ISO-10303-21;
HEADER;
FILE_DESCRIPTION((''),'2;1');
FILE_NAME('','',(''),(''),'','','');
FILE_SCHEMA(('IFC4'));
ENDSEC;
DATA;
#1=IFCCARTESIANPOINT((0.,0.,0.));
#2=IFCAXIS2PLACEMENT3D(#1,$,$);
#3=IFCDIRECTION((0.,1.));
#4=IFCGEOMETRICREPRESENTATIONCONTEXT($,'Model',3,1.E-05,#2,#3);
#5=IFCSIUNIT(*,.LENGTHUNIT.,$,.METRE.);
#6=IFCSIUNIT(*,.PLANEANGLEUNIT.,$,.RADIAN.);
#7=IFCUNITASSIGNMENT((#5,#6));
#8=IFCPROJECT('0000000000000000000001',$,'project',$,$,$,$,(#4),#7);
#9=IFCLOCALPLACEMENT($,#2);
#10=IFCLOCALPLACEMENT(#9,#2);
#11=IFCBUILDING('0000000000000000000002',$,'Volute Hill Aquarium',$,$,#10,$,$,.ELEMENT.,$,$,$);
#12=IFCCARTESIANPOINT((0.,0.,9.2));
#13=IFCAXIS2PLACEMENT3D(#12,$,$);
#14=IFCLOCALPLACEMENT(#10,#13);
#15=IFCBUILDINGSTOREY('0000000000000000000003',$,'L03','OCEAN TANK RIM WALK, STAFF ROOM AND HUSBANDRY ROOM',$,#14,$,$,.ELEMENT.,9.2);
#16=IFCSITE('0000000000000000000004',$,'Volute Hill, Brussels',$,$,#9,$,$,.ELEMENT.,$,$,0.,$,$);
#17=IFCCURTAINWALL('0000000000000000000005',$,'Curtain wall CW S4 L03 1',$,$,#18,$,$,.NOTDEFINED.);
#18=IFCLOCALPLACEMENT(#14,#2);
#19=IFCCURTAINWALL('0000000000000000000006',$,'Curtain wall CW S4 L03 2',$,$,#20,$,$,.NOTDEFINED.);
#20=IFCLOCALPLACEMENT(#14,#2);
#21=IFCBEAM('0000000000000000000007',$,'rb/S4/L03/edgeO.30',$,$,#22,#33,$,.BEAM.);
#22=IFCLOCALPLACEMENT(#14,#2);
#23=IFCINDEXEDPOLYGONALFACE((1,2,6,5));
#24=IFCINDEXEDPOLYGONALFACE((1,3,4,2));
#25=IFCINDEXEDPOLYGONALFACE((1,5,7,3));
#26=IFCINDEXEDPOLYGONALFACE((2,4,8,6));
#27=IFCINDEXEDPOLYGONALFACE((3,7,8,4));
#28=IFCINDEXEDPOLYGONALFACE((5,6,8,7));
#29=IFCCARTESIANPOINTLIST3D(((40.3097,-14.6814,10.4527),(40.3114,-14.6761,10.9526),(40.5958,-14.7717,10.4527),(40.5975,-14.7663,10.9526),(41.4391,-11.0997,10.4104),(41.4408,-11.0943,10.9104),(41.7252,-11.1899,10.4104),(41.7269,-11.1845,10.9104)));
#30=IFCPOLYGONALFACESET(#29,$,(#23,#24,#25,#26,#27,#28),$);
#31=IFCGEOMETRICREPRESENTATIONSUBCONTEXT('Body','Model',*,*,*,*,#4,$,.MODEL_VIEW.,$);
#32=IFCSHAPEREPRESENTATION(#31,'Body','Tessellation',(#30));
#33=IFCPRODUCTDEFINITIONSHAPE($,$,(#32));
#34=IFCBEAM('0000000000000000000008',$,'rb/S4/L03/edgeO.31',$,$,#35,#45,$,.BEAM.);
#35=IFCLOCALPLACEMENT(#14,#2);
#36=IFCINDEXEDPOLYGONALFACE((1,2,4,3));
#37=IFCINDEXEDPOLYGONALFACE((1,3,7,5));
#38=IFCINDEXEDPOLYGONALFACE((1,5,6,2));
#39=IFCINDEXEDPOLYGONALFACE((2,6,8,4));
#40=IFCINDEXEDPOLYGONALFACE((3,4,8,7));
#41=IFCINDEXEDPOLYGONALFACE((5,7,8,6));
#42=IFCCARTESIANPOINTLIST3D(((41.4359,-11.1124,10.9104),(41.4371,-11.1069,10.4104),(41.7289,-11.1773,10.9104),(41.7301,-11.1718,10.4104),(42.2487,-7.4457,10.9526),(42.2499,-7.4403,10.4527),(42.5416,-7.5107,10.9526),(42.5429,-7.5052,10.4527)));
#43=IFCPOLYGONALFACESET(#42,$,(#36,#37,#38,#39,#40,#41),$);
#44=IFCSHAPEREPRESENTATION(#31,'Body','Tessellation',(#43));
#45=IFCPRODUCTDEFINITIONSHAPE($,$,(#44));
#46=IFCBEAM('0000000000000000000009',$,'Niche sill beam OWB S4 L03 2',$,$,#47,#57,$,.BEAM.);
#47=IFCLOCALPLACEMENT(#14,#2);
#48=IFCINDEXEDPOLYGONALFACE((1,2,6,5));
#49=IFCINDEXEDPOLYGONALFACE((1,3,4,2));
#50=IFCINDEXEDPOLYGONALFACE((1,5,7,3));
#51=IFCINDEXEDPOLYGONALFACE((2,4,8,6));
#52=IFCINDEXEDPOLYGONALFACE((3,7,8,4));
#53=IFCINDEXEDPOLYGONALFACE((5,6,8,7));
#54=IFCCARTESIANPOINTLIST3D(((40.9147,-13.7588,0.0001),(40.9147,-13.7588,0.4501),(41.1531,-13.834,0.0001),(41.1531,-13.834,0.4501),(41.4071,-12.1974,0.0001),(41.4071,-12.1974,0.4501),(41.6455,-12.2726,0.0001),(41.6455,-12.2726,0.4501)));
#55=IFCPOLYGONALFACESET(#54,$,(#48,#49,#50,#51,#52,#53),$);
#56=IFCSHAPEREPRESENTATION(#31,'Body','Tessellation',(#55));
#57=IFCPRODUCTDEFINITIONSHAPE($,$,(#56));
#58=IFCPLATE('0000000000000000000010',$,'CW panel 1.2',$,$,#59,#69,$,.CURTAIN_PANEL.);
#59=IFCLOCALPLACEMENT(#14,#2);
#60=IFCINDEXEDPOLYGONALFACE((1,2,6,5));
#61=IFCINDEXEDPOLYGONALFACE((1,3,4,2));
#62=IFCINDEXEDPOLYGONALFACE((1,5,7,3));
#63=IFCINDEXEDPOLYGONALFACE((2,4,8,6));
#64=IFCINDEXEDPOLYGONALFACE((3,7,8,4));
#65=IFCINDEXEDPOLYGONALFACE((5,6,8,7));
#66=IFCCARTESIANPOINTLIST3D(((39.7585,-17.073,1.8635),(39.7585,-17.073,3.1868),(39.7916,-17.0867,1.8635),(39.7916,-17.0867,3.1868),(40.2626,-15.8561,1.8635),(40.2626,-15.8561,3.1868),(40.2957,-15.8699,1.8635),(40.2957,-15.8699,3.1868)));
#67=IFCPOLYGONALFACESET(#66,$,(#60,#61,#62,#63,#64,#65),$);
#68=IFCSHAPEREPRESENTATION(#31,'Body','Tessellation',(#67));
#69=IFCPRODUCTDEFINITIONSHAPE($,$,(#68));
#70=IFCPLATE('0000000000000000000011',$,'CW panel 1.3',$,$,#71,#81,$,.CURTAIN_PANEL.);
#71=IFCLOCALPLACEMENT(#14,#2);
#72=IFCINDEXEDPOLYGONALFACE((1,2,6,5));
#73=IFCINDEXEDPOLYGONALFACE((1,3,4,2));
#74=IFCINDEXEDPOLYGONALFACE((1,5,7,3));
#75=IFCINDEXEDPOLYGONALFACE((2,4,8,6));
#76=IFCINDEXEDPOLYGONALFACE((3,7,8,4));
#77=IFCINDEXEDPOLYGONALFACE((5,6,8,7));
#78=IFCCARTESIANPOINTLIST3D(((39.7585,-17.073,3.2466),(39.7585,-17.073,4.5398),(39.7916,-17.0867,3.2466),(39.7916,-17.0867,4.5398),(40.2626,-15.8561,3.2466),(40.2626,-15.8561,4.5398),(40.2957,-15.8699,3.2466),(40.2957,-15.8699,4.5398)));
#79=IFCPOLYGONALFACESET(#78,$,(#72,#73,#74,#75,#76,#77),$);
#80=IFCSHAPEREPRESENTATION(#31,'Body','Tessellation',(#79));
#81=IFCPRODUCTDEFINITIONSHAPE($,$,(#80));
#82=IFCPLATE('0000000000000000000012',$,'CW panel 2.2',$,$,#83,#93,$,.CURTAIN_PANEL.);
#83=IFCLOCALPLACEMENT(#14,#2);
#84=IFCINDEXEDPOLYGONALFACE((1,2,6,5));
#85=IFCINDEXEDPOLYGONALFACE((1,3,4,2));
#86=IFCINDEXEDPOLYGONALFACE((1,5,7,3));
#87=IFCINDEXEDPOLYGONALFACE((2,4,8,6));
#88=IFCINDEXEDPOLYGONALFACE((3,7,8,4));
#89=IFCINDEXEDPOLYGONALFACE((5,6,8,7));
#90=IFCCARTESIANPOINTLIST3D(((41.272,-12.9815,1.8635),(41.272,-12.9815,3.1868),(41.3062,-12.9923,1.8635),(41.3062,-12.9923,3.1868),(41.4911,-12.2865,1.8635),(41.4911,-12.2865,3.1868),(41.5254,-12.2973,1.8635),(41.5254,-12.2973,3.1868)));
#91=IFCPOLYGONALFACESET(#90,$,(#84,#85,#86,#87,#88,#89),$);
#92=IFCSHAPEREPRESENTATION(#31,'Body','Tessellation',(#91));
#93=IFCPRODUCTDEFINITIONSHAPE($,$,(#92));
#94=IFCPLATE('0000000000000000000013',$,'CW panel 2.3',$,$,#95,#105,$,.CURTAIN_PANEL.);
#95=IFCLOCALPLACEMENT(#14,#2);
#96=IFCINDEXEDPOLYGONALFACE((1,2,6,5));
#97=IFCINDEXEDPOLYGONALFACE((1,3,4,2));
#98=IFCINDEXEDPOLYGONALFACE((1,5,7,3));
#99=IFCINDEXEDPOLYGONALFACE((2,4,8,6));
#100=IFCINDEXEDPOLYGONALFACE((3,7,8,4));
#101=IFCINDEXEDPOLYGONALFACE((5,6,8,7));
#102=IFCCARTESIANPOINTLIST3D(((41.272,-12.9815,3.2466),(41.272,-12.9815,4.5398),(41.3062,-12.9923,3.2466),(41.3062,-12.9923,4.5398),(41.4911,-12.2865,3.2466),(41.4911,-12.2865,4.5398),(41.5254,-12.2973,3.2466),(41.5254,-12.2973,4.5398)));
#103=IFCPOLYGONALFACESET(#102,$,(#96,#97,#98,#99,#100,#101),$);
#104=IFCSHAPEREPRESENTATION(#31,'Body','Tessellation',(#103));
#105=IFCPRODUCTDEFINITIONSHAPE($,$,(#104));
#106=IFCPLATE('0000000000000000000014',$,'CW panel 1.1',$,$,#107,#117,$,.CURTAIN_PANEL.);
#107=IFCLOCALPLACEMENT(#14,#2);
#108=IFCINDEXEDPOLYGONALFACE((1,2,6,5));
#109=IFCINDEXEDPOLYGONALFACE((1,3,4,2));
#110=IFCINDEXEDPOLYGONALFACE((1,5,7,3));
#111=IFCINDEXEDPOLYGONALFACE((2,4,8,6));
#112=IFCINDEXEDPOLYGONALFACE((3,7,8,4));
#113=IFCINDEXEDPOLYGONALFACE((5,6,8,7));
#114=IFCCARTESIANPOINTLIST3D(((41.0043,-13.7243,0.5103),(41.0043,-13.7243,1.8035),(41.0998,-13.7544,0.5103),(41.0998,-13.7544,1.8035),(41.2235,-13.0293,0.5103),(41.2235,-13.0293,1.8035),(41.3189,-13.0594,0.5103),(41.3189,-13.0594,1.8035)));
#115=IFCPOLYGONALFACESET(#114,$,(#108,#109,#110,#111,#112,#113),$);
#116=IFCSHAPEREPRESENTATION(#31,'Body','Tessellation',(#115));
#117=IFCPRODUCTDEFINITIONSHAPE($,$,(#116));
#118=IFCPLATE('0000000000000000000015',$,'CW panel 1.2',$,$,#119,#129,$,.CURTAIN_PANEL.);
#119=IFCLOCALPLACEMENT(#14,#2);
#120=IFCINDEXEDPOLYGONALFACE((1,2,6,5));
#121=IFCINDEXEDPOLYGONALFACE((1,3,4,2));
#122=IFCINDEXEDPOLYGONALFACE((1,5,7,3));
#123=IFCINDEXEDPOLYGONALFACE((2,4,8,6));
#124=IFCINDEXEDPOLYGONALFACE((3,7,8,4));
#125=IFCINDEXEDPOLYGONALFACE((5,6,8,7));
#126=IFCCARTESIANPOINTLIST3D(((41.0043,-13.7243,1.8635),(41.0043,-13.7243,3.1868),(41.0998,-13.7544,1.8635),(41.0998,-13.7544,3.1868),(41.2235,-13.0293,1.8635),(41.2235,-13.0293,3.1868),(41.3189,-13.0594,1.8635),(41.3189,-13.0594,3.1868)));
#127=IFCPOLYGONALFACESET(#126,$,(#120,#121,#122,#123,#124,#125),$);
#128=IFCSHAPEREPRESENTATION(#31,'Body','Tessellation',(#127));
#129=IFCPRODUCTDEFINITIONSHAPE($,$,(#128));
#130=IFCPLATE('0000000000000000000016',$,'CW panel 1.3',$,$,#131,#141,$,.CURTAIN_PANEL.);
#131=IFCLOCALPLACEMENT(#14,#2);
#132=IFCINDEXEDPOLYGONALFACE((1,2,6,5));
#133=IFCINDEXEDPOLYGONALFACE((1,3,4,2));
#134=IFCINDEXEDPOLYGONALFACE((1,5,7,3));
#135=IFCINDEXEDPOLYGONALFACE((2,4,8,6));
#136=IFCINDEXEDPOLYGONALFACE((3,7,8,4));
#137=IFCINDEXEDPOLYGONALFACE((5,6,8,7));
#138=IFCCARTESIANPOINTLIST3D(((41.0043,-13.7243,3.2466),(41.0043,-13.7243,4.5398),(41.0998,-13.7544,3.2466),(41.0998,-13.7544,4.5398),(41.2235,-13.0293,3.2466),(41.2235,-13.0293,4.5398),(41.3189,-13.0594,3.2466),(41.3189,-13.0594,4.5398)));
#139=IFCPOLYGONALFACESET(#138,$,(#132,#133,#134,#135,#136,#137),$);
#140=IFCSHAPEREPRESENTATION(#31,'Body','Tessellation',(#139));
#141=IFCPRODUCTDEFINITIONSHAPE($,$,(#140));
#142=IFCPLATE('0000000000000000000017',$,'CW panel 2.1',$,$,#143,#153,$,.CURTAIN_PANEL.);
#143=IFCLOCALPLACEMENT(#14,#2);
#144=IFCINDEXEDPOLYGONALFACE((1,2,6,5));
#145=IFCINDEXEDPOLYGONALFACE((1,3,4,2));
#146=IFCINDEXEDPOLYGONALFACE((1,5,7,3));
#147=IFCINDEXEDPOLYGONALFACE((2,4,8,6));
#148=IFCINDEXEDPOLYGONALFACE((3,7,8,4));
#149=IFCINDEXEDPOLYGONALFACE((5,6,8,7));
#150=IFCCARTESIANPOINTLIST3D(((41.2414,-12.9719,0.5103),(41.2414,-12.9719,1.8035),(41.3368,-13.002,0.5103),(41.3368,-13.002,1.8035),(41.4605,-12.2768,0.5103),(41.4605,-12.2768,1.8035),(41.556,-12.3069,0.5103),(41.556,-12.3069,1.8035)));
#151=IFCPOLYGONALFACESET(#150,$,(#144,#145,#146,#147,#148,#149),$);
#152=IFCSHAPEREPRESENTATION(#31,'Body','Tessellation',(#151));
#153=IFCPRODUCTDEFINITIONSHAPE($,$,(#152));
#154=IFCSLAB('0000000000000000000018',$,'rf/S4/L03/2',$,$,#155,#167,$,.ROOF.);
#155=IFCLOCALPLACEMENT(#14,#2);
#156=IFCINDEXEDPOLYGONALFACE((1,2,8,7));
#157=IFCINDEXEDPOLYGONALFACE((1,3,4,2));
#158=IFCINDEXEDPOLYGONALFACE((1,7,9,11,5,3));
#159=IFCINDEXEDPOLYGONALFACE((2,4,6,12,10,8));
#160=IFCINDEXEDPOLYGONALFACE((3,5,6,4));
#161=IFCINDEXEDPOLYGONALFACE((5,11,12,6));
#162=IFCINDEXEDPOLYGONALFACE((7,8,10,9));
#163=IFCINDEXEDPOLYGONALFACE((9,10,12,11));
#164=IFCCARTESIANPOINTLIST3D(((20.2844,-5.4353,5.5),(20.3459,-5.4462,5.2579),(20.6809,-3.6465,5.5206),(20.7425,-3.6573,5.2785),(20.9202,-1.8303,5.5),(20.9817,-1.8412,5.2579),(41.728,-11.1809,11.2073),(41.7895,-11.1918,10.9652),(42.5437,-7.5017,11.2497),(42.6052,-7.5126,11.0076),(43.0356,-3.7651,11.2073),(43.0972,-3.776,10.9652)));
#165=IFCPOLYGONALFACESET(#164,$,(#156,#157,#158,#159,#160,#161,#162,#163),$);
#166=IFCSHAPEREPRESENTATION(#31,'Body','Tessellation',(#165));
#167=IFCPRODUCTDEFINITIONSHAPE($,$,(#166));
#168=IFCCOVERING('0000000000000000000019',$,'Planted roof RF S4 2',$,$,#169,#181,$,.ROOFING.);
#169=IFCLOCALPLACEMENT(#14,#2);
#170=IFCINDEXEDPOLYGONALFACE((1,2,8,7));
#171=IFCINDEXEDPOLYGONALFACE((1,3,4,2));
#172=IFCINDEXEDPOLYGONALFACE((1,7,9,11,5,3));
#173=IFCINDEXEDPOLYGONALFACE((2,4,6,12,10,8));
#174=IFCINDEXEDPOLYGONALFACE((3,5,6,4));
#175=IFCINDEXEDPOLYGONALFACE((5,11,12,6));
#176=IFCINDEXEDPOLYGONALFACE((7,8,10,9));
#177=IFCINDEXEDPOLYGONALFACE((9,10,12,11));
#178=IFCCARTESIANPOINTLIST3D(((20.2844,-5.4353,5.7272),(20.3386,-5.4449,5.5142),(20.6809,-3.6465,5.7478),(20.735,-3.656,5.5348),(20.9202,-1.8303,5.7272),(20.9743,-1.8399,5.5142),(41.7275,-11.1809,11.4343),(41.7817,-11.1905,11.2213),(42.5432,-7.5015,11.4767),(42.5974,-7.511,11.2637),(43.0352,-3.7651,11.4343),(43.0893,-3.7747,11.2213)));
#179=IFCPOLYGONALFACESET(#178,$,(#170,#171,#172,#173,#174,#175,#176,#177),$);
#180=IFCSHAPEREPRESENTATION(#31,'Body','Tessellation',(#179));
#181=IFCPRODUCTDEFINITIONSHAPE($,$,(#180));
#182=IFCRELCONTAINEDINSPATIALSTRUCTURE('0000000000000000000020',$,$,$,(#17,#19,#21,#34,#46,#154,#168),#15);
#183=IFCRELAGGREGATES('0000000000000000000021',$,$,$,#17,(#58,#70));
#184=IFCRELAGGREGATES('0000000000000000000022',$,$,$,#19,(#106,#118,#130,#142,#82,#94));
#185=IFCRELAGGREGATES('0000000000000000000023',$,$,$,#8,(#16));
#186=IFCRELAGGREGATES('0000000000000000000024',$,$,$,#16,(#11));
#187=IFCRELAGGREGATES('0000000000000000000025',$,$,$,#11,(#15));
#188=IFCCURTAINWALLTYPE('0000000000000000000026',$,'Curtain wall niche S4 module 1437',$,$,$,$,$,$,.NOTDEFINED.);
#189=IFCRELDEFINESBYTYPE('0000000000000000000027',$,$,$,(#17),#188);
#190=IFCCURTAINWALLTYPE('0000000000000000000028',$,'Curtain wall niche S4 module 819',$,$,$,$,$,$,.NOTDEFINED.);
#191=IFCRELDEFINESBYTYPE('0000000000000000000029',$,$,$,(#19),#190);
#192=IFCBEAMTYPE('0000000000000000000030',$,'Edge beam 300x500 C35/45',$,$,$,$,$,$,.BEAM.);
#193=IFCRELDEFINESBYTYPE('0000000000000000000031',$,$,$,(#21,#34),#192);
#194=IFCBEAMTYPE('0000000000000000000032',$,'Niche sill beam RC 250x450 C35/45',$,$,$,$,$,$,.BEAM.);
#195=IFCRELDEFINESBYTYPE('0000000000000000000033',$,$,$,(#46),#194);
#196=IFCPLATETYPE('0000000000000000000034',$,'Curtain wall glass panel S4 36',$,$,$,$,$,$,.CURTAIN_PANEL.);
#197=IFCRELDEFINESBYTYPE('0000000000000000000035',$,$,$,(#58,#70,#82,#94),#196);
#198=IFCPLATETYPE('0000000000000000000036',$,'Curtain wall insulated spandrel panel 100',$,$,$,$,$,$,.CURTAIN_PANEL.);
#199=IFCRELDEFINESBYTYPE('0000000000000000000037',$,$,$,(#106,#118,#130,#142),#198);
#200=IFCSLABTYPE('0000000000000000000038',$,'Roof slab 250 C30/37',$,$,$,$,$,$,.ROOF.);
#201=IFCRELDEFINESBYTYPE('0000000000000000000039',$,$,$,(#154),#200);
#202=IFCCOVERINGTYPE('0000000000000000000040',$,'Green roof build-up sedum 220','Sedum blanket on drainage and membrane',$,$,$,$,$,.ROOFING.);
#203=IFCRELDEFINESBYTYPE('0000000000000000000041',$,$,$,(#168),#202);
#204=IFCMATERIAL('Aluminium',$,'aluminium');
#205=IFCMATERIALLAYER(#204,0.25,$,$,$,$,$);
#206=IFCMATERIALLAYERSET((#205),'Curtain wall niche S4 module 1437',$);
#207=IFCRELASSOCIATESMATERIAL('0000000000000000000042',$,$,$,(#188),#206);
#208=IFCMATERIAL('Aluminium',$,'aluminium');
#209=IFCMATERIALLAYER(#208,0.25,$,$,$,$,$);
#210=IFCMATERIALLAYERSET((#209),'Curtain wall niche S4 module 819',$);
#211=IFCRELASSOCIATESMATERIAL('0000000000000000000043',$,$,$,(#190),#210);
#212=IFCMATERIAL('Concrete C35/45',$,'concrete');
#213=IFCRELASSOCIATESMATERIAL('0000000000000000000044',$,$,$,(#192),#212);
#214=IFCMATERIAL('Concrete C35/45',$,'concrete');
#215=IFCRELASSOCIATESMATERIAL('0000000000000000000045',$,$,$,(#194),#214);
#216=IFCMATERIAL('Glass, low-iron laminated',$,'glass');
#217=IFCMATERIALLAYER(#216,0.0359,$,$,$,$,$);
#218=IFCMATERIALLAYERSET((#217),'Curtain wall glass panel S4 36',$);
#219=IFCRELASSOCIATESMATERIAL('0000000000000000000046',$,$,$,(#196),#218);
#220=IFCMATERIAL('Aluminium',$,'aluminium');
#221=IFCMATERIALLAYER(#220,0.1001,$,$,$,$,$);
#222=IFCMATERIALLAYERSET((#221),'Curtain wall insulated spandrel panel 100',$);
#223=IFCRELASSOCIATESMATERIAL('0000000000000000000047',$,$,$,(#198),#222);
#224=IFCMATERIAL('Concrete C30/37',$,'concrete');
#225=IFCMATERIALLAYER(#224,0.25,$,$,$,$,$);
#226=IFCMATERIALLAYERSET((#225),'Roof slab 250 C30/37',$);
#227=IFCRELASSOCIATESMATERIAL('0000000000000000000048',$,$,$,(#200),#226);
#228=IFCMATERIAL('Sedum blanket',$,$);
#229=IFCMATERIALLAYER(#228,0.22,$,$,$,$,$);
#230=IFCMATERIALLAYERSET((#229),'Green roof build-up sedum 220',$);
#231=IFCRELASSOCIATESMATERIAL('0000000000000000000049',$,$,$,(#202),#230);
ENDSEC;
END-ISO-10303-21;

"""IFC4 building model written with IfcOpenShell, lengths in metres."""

from ifc_helpers import new_model, si_unit, direction, frame, origin, origin_2d, place, context, subcontext, project, spatial, polyline, rectangle, outline, extrude, material, layer, layer_set, material_profile, profile_set, type_object, element, aggregate, save


model = new_model("IFC4")

# Units and contexts
model_context = context("Model", 3, precision=1e-05, world=origin(), true_north=direction((0.0, 1.0)))
body_context = subcontext(model_context, "Body", "Model", "MODEL_VIEW")
ifc_project = project(units=[si_unit("LENGTHUNIT", "METRE"), si_unit("PLANEANGLEUNIT", "RADIAN")], contexts=[model_context])

# Site, building, storey
site_placement = place(None, origin())
site = spatial("IfcSite", under=ifc_project, at=site_placement, Name="Volute Hill, Brussels", CompositionType="ELEMENT", RefElevation=0.0)
building_placement = place(site_placement, origin())
building = spatial("IfcBuilding", under=site, at=building_placement, Name="Volute Hill Aquarium", CompositionType="ELEMENT")
storey_placement = place(building_placement, frame((0.0, 0.0, 9.2)))
storey = spatial("IfcBuildingStorey", under=building, at=storey_placement, Name="L03", Description="OCEAN TANK RIM WALK, STAFF ROOM AND HUSBANDRY ROOM", CompositionType="ELEMENT", Elevation=9.2)

# Curtain wall
ifc_material_1 = material(Name="Aluminium", Category="aluminium")
ifc_layer_1 = layer(ifc_material_1, 0.25)
ifc_layer_set_1 = layer_set([ifc_layer_1], Name="Curtain wall niche S4 module 1437")
curtain_wall_type_1 = type_object("IfcCurtainWallType", Name="Curtain wall niche S4 module 1437", PredefinedType="NOTDEFINED", material=ifc_layer_set_1)
curtain_wall_1_placement = place(storey_placement, origin())
curtain_wall_1 = element("IfcCurtainWall", 1, at=curtain_wall_1_placement, inside=storey, type_object=curtain_wall_type_1, Name="Curtain wall CW S4 L03 1", PredefinedType="NOTDEFINED")

# Curtain wall
ifc_material_2 = material(Name="Aluminium", Category="aluminium")
ifc_layer_2 = layer(ifc_material_2, 0.25)
ifc_layer_set_2 = layer_set([ifc_layer_2], Name="Curtain wall niche S4 module 819")
curtain_wall_type_2 = type_object("IfcCurtainWallType", Name="Curtain wall niche S4 module 819", PredefinedType="NOTDEFINED", material=ifc_layer_set_2)
curtain_wall_2_placement = place(storey_placement, origin())
curtain_wall_2 = element("IfcCurtainWall", 2, at=curtain_wall_2_placement, inside=storey, type_object=curtain_wall_type_2, Name="Curtain wall CW S4 L03 2", PredefinedType="NOTDEFINED")

# Beams
ifc_material_3 = material(Name="Concrete C35/45", Category="concrete")
ifc_material_profile_1 = material_profile(ifc_material_3, rectangle(XDim=0.3, YDim=0.5, at=origin_2d()), Name="RC edge beam 300x500")
ifc_profile_set_1 = profile_set([ifc_material_profile_1], Name="Concrete C35/45")
beam_type_1 = type_object("IfcBeamType", Name="Edge beam 300x500 C35/45", PredefinedType="BEAM", material=ifc_profile_set_1)
for number, where, z_axis, x_axis, name in (
    (3, (40.4536, -14.7239, 10.7026), (0.300702, 0.953652, -0.011245), (-0.953712, 0.300721, 0.0), "rb/S4/L03/edgeO.30"),
    (4, (41.583, -11.1421, 10.6604), (0.2164, 0.97624, 0.011246), (-0.976302, 0.216414, 0.0), "rb/S4/L03/edgeO.31"),
):
    element("IfcBeam", number, at=place(storey_placement, frame(where, z_axis=z_axis, x_axis=x_axis)), inside=storey, type_object=beam_type_1, Name=name, PredefinedType="BEAM", context=body_context, shape_type="SweptSolid", body=[
        extrude(rectangle(XDim=0.3, YDim=0.5, at=origin_2d()), origin(), (0.0, 0.0, 1.0), 3.7559),
    ])
ifc_material_4 = material(Name="Concrete C35/45", Category="concrete")
ifc_material_profile_2 = material_profile(ifc_material_4, rectangle(XDim=0.25, YDim=0.45, at=origin_2d()), Name="RC beam 250x450")
ifc_profile_set_2 = profile_set([ifc_material_profile_2], Name="Concrete C35/45")
beam_type_2 = type_object("IfcBeamType", Name="Niche sill beam RC 250x450 C35/45", PredefinedType="BEAM", material=ifc_profile_set_2)
beam_placement = place(storey_placement, frame((41.0339, -13.7964, 0.2251), z_axis=(0.300753, 0.953702, 0.0), x_axis=(-0.953702, 0.300753, 0.0)))
element("IfcBeam", 5, at=beam_placement, inside=storey, type_object=beam_type_2, Name="Niche sill beam OWB S4 L03 2", PredefinedType="BEAM", context=body_context, shape_type="SweptSolid", body=[
    extrude(rectangle(XDim=0.25, YDim=0.45, at=origin_2d()), origin(), (0.0, 0.0, 1.0), 1.6372),
])

# Plates
ifc_material_5 = material(Name="Glass, low-iron laminated", Category="glass")
ifc_layer_3 = layer(ifc_material_5, 0.0359)
ifc_layer_set_3 = layer_set([ifc_layer_3], Name="Curtain wall glass panel S4 36")
plate_type_1 = type_object("IfcPlateType", Name="Curtain wall glass panel S4 36", PredefinedType="CURTAIN_PANEL", material=ifc_layer_set_3)
plate_1_placement = place(storey_placement, frame((40.0271, -16.4714, 1.8635), z_axis=(0.0, 0.0, 1.0), x_axis=(0.382697, 0.923874, 0.0)))
plate_1 = element("IfcPlate", 6, at=plate_1_placement, type_object=plate_type_1, Name="CW panel 1.2", PredefinedType="CURTAIN_PANEL", context=body_context, shape_type="SweptSolid", body=[
    extrude(rectangle(XDim=1.3171, YDim=0.0359, at=origin_2d()), origin(), (0.0, 0.0, 1.0), 1.3232),
])
plate_2_placement = place(storey_placement, frame((40.0271, -16.4714, 3.2466), z_axis=(0.0, 0.0, 1.0), x_axis=(0.382697, 0.923874, 0.0)))
plate_2 = element("IfcPlate", 7, at=plate_2_placement, type_object=plate_type_1, Name="CW panel 1.3", PredefinedType="CURTAIN_PANEL", context=body_context, shape_type="SweptSolid", body=[
    extrude(rectangle(XDim=1.3171, YDim=0.0359, at=origin_2d()), origin(), (0.0, 0.0, 1.0), 1.2932),
])
aggregate(curtain_wall_1, [plate_1, plate_2])
plate_3_placement = place(storey_placement, frame((41.3987, -12.6394, 1.8635), z_axis=(0.0, 0.0, 1.0), x_axis=(0.30071, 0.953716, 0.0)))
plate_3 = element("IfcPlate", 8, at=plate_3_placement, type_object=plate_type_1, Name="CW panel 2.2", PredefinedType="CURTAIN_PANEL", context=body_context, shape_type="SweptSolid", body=[
    extrude(rectangle(XDim=0.7288, YDim=0.0359, at=origin_2d()), origin(), (0.0, 0.0, 1.0), 1.3232),
])
plate_4_placement = place(storey_placement, frame((41.3987, -12.6394, 3.2466), z_axis=(0.0, 0.0, 1.0), x_axis=(0.30071, 0.953716, 0.0)))
plate_4 = element("IfcPlate", 9, at=plate_4_placement, type_object=plate_type_1, Name="CW panel 2.3", PredefinedType="CURTAIN_PANEL", context=body_context, shape_type="SweptSolid", body=[
    extrude(rectangle(XDim=0.7288, YDim=0.0359, at=origin_2d()), origin(), (0.0, 0.0, 1.0), 1.2932),
])
ifc_material_6 = material(Name="Aluminium", Category="aluminium")
ifc_layer_4 = layer(ifc_material_6, 0.1001)
ifc_layer_set_4 = layer_set([ifc_layer_4], Name="Curtain wall insulated spandrel panel 100")
plate_type_2 = type_object("IfcPlateType", Name="Curtain wall insulated spandrel panel 100", PredefinedType="CURTAIN_PANEL", material=ifc_layer_set_4)
plate_5_placement = place(storey_placement, frame((41.1616, -13.3918, 0.5103), z_axis=(0.0, 0.0, 1.0), x_axis=(0.30071, 0.953716, 0.0)))
plate_5 = element("IfcPlate", 10, at=plate_5_placement, type_object=plate_type_2, Name="CW panel 1.1", PredefinedType="CURTAIN_PANEL", context=body_context, shape_type="SweptSolid", body=[
    extrude(rectangle(XDim=0.7288, YDim=0.1001, at=origin_2d()), origin(), (0.0, 0.0, 1.0), 1.2932),
])
plate_6_placement = place(storey_placement, frame((41.1616, -13.3918, 1.8635), z_axis=(0.0, 0.0, 1.0), x_axis=(0.30071, 0.953716, 0.0)))
plate_6 = element("IfcPlate", 11, at=plate_6_placement, type_object=plate_type_2, Name="CW panel 1.2", PredefinedType="CURTAIN_PANEL", context=body_context, shape_type="SweptSolid", body=[
    extrude(rectangle(XDim=0.7288, YDim=0.1001, at=origin_2d()), origin(), (0.0, 0.0, 1.0), 1.3232),
])
plate_7_placement = place(storey_placement, frame((41.1616, -13.3918, 3.2466), z_axis=(0.0, 0.0, 1.0), x_axis=(0.30071, 0.953716, 0.0)))
plate_7 = element("IfcPlate", 12, at=plate_7_placement, type_object=plate_type_2, Name="CW panel 1.3", PredefinedType="CURTAIN_PANEL", context=body_context, shape_type="SweptSolid", body=[
    extrude(rectangle(XDim=0.7288, YDim=0.1001, at=origin_2d()), origin(), (0.0, 0.0, 1.0), 1.2932),
])
plate_8_placement = place(storey_placement, frame((41.3987, -12.6394, 0.5103), z_axis=(0.0, 0.0, 1.0), x_axis=(0.30071, 0.953716, 0.0)))
plate_8 = element("IfcPlate", 13, at=plate_8_placement, type_object=plate_type_2, Name="CW panel 2.1", PredefinedType="CURTAIN_PANEL", context=body_context, shape_type="SweptSolid", body=[
    extrude(rectangle(XDim=0.7288, YDim=0.1001, at=origin_2d()), origin(), (0.0, 0.0, 1.0), 1.2932),
])
aggregate(curtain_wall_2, [plate_5, plate_6, plate_7, plate_8, plate_3, plate_4])

# Slab
ifc_material_7 = material(Name="Concrete C30/37", Category="concrete")
ifc_layer_5 = layer(ifc_material_7, 0.25)
ifc_layer_set_5 = layer_set([ifc_layer_5], Name="Roof slab 250 C30/37")
slab_type = type_object("IfcSlabType", Name="Roof slab 250 C30/37", PredefinedType="ROOF", material=ifc_layer_set_5)
slab_placement = place(storey_placement, frame((41.728, -11.1809, 11.2073), z_axis=(-0.246083, 0.043393, 0.968277), x_axis=(0.216434, 0.976232, 0.011256)))
element("IfcSlab", 14, at=slab_placement, inside=storey, type_object=slab_type, Name="rf/S4/L03/2", PredefinedType="ROOF", context=body_context, shape_type="SweptSolid", body=[
    extrude(outline(polyline([(0.0, 0.0), (3.7688, 0.0), (7.5225, 0.3392), (4.5606, 23.0689), (2.736, 22.9041), (0.9037, 22.9041), (0.0, 0.0)])), origin(), (0.0, 0.0, -1.0), 0.25),
])

# Covering
ifc_material_8 = material(Name="Sedum blanket")
ifc_layer_6 = layer(ifc_material_8, 0.22)
ifc_layer_set_6 = layer_set([ifc_layer_6], Name="Green roof build-up sedum 220")
covering_type_1 = type_object("IfcCoveringType", Name="Green roof build-up sedum 220", Description="Sedum blanket on drainage and membrane", PredefinedType="ROOFING", material=ifc_layer_set_6)
covering_1_placement = place(storey_placement, frame((41.7275, -11.1809, 11.4343), z_axis=(-0.246081, 0.043393, 0.968277), x_axis=(0.216421, 0.976235, 0.011252)))
element("IfcCovering", 15, at=covering_1_placement, inside=storey, type_object=covering_type_1, Name="Planted roof RF S4 2", PredefinedType="ROOFING", context=body_context, shape_type="SweptSolid", body=[
    extrude(outline(polyline([(0.0, 0.0), (3.769, 0.0), (7.5225, 0.3391), (4.561, 23.0683), (2.7365, 22.9036), (0.9041, 22.9035), (0.0, 0.0)])), origin(), (0.0, 0.0, -1.0), 0.22),
])

save(model, "model.ifc")
